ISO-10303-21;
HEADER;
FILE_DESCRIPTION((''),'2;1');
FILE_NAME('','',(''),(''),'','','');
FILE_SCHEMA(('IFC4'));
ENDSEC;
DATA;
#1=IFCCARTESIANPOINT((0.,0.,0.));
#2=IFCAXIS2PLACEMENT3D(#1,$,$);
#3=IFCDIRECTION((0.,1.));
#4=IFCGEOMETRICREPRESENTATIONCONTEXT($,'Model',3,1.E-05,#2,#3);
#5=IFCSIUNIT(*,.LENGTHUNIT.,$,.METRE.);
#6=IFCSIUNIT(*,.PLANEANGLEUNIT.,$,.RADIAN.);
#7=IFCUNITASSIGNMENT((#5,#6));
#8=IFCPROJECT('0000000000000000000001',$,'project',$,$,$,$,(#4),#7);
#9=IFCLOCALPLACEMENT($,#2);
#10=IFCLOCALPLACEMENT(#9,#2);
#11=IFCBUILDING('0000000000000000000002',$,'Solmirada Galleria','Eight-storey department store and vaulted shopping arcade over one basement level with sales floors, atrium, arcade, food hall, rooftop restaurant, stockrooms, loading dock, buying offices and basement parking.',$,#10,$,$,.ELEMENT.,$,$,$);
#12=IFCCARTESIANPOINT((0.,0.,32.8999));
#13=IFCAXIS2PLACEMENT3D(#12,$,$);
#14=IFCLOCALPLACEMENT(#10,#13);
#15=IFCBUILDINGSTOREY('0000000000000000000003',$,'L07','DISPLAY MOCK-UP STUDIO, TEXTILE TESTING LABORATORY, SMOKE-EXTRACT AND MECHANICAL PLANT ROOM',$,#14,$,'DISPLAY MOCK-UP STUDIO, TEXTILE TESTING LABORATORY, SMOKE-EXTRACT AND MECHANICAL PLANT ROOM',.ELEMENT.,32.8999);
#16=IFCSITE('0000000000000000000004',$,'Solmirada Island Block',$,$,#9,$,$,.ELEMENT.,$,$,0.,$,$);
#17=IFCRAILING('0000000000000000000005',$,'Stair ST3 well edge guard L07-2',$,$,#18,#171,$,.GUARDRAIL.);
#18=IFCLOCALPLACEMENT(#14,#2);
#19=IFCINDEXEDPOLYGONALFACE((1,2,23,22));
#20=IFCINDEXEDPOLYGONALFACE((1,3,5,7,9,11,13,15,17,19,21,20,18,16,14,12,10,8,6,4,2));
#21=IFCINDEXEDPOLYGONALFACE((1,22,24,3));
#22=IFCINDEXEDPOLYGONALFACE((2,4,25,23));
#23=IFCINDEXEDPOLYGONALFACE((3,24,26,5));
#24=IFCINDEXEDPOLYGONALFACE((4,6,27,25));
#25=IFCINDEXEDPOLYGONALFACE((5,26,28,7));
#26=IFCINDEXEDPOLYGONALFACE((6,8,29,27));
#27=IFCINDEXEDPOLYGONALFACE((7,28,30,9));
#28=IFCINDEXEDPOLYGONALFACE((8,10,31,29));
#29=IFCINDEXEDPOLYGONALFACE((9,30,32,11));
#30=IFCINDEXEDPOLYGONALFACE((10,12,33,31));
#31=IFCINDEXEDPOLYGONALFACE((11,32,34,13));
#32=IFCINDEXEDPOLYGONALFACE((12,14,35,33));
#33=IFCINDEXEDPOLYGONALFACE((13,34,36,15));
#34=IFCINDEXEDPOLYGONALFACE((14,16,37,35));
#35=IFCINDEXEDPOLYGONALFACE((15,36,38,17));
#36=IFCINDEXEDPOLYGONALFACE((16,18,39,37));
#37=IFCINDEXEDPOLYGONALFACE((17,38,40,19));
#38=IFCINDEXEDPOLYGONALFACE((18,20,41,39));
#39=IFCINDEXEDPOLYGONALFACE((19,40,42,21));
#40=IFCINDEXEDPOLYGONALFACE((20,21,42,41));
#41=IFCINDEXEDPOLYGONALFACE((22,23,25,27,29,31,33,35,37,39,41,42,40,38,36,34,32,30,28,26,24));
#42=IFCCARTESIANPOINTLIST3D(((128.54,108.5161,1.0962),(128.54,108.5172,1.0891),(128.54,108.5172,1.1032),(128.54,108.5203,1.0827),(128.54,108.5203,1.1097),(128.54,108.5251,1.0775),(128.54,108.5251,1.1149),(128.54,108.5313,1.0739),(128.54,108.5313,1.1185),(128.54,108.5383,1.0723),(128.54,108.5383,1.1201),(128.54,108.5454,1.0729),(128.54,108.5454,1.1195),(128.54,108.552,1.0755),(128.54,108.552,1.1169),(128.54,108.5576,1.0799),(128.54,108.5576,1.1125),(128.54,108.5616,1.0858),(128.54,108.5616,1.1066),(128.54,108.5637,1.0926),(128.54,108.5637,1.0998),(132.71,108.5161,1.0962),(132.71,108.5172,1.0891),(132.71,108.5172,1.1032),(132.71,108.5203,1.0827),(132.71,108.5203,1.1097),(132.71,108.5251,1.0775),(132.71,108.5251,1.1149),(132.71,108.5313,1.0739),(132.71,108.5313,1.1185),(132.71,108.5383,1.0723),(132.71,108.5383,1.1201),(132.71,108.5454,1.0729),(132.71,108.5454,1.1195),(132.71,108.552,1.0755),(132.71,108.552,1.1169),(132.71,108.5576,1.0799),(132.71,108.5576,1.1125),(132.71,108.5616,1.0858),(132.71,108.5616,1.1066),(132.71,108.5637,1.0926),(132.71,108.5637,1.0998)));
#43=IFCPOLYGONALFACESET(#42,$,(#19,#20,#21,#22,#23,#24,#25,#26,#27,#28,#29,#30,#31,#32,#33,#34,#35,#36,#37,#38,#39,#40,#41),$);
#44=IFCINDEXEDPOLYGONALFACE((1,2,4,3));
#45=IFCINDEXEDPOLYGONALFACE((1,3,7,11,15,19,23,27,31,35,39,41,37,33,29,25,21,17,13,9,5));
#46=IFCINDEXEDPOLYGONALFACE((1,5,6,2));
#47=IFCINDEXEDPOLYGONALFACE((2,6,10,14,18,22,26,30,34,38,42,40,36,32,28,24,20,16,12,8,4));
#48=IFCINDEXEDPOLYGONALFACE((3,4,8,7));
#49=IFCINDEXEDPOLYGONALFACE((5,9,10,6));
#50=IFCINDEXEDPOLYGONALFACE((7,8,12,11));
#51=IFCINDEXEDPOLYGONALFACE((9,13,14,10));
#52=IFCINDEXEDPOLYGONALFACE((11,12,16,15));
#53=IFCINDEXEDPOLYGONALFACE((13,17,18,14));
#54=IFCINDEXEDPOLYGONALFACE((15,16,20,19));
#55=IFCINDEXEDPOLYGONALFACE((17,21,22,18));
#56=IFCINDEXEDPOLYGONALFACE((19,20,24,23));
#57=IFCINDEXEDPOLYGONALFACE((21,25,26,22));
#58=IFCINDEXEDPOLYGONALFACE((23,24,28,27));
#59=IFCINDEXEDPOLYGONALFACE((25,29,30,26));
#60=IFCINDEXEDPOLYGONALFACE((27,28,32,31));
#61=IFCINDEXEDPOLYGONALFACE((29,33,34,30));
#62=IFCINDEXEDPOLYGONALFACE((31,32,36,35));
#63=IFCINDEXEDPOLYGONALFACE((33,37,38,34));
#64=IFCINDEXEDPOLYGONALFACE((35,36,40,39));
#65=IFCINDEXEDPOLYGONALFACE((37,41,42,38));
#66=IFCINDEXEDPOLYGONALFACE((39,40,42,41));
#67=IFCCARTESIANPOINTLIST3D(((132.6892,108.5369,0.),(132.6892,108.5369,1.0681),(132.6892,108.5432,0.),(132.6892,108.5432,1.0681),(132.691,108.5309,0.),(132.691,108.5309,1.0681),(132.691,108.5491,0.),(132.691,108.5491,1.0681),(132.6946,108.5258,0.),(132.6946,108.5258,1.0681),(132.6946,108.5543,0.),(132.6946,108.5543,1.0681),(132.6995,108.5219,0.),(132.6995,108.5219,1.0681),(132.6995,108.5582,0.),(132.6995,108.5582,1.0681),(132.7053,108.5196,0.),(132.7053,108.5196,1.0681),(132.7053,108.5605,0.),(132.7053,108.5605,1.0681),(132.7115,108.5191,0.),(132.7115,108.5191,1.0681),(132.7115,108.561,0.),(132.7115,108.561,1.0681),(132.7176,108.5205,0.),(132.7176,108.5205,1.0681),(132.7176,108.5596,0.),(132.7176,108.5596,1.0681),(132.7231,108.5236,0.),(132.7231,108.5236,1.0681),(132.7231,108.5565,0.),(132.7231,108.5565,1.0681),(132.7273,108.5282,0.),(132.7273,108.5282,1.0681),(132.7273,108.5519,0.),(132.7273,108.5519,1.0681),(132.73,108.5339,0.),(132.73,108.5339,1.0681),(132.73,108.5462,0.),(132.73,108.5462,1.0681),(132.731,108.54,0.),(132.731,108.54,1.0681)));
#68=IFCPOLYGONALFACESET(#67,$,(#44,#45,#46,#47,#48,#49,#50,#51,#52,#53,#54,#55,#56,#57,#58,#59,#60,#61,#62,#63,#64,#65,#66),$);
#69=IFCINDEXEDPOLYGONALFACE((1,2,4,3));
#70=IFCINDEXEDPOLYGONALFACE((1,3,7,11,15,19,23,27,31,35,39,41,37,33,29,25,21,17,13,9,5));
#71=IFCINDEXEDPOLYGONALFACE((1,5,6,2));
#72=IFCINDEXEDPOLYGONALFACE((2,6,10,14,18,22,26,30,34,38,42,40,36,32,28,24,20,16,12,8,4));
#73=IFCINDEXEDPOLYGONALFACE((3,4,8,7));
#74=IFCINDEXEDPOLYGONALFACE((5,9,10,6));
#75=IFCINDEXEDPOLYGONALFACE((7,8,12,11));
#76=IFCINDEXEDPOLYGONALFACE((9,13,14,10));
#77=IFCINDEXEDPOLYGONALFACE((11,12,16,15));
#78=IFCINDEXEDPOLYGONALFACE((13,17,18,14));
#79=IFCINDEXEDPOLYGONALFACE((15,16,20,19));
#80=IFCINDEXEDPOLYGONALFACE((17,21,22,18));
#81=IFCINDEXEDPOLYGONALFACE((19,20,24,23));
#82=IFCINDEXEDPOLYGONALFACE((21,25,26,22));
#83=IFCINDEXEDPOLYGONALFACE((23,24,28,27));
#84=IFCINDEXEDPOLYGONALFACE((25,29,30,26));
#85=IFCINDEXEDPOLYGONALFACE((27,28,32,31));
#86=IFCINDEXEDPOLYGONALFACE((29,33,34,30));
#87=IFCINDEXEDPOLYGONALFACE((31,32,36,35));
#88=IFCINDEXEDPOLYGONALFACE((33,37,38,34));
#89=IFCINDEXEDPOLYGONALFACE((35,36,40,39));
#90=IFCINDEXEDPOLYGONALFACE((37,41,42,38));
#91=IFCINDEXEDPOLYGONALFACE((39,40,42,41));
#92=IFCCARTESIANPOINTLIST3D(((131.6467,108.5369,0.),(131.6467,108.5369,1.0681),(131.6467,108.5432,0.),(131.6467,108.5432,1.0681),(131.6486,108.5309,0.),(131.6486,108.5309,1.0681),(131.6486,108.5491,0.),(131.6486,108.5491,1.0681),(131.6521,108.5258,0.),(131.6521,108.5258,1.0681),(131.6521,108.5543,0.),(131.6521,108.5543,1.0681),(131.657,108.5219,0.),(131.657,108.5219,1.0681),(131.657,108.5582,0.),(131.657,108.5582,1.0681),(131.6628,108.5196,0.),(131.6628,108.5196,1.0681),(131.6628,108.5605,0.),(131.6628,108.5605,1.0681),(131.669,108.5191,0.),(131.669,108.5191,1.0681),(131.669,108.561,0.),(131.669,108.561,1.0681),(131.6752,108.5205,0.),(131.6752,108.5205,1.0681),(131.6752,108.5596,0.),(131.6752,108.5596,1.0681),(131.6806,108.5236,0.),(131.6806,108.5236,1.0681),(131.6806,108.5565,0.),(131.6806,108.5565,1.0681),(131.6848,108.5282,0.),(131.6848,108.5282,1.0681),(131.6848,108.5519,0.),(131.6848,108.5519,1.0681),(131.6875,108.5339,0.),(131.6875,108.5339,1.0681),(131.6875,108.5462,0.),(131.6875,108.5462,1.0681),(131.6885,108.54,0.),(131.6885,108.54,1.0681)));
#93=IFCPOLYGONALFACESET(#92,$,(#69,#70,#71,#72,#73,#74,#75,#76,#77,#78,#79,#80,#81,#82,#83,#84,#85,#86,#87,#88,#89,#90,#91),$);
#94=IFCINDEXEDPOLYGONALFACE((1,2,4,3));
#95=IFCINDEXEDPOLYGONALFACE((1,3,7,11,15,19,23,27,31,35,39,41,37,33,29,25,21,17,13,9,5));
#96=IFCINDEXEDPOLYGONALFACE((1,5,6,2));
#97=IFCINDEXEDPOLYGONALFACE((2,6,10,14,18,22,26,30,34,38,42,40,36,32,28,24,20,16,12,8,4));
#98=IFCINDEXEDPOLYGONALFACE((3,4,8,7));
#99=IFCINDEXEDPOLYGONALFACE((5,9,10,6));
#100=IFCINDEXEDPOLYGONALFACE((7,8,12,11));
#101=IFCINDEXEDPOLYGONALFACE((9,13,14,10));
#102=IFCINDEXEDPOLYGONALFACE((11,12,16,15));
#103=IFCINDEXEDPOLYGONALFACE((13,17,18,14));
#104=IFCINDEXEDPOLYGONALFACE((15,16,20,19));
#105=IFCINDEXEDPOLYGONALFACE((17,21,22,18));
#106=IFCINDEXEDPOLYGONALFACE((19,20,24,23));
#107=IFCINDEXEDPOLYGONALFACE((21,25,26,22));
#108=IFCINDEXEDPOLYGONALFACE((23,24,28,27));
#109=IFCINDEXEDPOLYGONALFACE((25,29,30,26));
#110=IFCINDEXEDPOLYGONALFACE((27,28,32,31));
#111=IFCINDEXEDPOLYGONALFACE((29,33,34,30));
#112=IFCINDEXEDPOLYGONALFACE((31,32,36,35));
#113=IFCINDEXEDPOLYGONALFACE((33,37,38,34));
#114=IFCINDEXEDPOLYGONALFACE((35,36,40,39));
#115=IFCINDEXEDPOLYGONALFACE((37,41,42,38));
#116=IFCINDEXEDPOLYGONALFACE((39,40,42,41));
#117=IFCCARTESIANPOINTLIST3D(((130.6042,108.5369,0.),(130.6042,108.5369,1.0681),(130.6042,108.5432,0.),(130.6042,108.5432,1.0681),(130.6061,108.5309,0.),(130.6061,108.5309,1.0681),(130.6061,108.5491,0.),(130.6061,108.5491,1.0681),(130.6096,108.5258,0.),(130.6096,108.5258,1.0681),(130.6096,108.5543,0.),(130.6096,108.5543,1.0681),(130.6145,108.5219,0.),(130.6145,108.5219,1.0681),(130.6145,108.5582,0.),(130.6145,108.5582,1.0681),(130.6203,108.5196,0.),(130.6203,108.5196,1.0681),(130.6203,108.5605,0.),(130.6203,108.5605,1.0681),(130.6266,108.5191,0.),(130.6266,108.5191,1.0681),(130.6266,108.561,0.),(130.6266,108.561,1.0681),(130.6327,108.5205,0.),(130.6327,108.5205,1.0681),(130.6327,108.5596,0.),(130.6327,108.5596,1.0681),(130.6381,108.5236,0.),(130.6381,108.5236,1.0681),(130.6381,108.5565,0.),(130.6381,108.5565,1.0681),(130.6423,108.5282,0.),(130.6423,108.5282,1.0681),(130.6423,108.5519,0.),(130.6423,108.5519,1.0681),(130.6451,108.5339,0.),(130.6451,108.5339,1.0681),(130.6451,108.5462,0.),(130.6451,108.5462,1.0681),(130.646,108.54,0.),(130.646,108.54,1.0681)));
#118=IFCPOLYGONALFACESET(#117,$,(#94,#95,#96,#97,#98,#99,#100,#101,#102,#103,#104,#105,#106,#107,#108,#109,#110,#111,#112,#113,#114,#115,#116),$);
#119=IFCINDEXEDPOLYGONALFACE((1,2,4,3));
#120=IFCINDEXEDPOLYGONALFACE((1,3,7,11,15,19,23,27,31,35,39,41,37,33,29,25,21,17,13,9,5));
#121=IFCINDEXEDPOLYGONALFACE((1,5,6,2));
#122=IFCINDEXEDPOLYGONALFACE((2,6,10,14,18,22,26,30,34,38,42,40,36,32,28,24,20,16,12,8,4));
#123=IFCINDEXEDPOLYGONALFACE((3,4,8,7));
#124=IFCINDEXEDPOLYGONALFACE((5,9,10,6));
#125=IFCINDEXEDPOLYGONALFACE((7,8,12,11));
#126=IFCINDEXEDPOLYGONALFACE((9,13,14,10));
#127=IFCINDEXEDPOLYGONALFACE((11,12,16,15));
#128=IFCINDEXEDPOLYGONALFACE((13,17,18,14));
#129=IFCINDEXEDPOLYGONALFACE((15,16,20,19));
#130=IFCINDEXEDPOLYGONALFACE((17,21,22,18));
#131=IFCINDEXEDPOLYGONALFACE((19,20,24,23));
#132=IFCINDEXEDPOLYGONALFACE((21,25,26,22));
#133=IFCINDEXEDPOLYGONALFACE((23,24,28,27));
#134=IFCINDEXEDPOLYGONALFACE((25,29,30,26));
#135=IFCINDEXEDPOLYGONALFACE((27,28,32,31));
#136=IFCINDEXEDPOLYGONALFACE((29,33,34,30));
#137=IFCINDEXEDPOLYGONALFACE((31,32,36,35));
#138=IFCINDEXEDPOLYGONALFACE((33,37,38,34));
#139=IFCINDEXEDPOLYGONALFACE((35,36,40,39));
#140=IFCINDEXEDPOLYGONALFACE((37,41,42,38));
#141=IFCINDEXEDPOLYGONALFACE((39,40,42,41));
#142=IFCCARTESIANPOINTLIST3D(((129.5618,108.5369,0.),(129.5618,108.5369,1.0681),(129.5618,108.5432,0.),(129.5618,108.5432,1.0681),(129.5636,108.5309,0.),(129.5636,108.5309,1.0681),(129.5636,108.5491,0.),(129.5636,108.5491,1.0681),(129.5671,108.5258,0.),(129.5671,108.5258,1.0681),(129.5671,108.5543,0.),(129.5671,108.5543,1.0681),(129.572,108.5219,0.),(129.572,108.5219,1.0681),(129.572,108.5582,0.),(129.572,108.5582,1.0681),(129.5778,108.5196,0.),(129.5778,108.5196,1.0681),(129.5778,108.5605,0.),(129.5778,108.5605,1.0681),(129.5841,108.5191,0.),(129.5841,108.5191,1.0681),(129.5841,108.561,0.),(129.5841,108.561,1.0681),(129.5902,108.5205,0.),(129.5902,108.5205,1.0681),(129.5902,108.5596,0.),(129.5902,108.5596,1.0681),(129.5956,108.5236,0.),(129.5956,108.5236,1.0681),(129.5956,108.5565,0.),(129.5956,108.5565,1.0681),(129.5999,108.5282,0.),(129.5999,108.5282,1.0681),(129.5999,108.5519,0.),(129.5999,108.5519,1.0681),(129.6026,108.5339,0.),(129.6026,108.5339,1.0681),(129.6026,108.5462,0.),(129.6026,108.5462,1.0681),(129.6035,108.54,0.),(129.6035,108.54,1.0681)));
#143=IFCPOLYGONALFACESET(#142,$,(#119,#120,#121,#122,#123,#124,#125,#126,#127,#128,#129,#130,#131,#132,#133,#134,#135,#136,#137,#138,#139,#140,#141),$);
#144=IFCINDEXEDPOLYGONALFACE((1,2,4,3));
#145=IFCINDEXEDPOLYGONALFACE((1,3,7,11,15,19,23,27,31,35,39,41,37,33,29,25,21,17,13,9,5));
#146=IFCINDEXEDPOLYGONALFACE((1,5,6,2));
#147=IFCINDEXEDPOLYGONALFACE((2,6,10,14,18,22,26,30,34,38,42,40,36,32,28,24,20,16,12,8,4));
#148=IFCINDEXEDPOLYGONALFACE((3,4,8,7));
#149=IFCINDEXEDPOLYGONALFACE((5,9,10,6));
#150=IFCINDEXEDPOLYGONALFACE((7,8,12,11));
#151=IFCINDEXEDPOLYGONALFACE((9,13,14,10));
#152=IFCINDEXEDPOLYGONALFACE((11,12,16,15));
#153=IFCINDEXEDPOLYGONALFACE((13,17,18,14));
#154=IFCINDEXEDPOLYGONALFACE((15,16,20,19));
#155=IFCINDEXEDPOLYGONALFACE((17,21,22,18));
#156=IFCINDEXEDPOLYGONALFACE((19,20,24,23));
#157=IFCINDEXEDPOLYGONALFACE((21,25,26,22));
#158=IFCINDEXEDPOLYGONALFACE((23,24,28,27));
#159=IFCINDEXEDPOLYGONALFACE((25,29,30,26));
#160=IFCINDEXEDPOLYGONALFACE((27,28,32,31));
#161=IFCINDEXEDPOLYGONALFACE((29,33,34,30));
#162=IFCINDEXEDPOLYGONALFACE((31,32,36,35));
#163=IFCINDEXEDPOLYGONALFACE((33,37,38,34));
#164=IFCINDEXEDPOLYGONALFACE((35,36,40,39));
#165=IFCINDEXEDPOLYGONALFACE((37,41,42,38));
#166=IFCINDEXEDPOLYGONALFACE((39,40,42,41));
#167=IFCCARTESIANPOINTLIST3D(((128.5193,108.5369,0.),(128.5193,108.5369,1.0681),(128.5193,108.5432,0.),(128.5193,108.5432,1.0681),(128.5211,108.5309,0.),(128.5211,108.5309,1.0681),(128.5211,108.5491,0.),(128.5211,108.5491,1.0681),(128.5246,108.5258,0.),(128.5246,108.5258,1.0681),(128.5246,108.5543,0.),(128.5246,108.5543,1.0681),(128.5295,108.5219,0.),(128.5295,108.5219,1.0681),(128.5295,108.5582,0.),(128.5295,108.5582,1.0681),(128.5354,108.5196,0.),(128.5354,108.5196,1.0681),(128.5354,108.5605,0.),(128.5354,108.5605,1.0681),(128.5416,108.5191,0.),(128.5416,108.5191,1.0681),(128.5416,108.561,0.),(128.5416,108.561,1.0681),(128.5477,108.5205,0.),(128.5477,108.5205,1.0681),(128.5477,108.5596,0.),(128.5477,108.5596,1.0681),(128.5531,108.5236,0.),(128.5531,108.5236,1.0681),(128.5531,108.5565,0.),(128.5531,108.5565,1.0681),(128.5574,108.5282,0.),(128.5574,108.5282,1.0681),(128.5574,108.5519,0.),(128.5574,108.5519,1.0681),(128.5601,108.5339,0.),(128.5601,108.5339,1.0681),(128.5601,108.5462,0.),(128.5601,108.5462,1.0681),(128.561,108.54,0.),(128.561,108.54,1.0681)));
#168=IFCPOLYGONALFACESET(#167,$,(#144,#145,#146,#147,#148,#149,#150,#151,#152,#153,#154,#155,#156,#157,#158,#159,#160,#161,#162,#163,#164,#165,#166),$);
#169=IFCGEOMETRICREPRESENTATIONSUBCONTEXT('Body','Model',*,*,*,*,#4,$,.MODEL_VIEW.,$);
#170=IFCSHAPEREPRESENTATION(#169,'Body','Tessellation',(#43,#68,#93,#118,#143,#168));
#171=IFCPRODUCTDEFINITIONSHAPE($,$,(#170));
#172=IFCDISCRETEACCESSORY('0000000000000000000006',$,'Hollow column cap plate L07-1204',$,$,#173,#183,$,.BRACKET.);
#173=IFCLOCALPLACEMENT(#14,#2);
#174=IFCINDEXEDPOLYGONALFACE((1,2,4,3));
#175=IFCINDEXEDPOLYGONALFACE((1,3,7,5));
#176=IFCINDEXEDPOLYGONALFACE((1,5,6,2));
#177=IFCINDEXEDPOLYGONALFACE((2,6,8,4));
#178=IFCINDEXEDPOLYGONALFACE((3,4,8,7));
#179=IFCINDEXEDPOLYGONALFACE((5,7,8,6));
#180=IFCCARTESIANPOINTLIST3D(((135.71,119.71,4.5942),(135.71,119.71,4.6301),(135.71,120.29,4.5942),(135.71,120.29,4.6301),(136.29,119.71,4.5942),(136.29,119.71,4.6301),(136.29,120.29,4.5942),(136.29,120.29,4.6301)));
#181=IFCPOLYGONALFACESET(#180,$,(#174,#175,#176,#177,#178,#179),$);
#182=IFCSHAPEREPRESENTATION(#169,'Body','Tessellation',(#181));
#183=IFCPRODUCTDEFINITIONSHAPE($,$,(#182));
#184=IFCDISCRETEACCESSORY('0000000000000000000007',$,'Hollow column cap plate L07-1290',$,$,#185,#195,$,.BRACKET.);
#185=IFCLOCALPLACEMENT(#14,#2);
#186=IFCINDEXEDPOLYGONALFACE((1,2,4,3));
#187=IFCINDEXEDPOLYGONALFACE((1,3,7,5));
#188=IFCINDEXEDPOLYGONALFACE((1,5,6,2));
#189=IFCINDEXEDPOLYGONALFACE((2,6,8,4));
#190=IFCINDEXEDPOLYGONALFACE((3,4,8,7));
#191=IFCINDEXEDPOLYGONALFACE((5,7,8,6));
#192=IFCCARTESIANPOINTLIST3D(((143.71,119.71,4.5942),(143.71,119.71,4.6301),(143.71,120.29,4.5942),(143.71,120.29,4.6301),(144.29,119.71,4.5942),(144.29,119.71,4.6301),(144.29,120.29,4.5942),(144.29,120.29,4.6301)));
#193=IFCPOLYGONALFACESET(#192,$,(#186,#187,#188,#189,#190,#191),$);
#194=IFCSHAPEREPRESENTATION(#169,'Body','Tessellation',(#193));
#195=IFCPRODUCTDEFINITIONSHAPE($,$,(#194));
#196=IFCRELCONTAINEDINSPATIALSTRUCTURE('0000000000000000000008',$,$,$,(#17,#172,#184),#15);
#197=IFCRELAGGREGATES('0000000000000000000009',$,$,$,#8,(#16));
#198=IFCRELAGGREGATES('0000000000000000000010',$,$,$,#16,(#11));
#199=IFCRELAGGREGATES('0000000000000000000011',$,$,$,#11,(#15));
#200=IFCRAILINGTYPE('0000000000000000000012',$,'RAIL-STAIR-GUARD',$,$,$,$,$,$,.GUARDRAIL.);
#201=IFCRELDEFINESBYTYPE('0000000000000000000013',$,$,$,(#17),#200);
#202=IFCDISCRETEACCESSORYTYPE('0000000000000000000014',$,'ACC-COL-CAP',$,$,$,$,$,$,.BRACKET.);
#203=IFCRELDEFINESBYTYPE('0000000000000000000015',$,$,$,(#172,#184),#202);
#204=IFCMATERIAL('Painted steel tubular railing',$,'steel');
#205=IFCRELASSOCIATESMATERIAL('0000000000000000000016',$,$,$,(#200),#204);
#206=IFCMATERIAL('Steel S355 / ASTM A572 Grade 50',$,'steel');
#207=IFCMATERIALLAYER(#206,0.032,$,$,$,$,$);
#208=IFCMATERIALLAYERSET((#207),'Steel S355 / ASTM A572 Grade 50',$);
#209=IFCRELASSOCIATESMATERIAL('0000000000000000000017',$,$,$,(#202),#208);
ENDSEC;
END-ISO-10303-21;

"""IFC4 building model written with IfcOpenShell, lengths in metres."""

from ifc_helpers import new_model, si_unit, direction, frame, origin, origin_2d, place, context, subcontext, project, spatial, rectangle, circle, extrude, material, layer, layer_set, type_object, element, save


model = new_model("IFC4")

# Units and contexts
model_context = context("Model", 3, precision=1e-05, world=origin(), true_north=direction((0.0, 1.0)))
body_context = subcontext(model_context, "Body", "Model", "MODEL_VIEW")
ifc_project = project(units=[si_unit("LENGTHUNIT", "METRE"), si_unit("PLANEANGLEUNIT", "RADIAN")], contexts=[model_context])

# Site, building, storey
site_placement = place(None, origin())
site = spatial("IfcSite", under=ifc_project, at=site_placement, Name="Solmirada Island Block", CompositionType="ELEMENT", RefElevation=0.0)
building_placement = place(site_placement, origin())
building = spatial("IfcBuilding", under=site, at=building_placement, Name="Solmirada Galleria", Description="Eight-storey department store and vaulted shopping arcade over one basement level with sales floors, atrium, arcade, food hall, rooftop restaurant, stockrooms, loading dock, buying offices and basement parking.", CompositionType="ELEMENT")
storey_placement = place(building_placement, frame((0.0, 0.0, 32.8999)))
storey = spatial("IfcBuildingStorey", under=building, at=storey_placement, Name="L07", Description="DISPLAY MOCK-UP STUDIO, TEXTILE TESTING LABORATORY, SMOKE-EXTRACT AND MECHANICAL PLANT ROOM", LongName="DISPLAY MOCK-UP STUDIO, TEXTILE TESTING LABORATORY, SMOKE-EXTRACT AND MECHANICAL PLANT ROOM", CompositionType="ELEMENT", Elevation=32.8999)

# Railing
ifc_material_1 = material(Name="Painted steel tubular railing", Category="steel")
railing_type = type_object("IfcRailingType", Name="RAIL-STAIR-GUARD", PredefinedType="GUARDRAIL", material=ifc_material_1)
railing_1_placement = place(storey_placement, frame((132.71, 108.54, 0.0)))
element("IfcRailing", 1, at=railing_1_placement, inside=storey, type_object=railing_type, Name="Stair ST3 well edge guard L07-2", PredefinedType="GUARDRAIL", context=body_context, shape_type="SweptSolid", body=[
    extrude(circle(Radius=0.0239, at=origin_2d()), frame((0.0, 0.0, 1.0962), z_axis=(-1.0, 0.0, 0.0), x_axis=(0.0, -1.0, 0.0)), (0.0, 0.0, 1.0), 4.1699),
    extrude(circle(Radius=0.021, at=origin_2d()), origin(), (0.0, 0.0, 1.0), 1.0681),
    extrude(circle(Radius=0.021, at=origin_2d()), frame((-1.0425, 0.0, 0.0)), (0.0, 0.0, 1.0), 1.0681),
    extrude(circle(Radius=0.021, at=origin_2d()), frame((-2.085, 0.0, 0.0)), (0.0, 0.0, 1.0), 1.0681),
    extrude(circle(Radius=0.021, at=origin_2d()), frame((-3.1274, 0.0, 0.0)), (0.0, 0.0, 1.0), 1.0681),
    extrude(circle(Radius=0.021, at=origin_2d()), frame((-4.1699, 0.0, 0.0)), (0.0, 0.0, 1.0), 1.0681),
])

# Discrete accessories
ifc_material_2 = material(Name="Steel S355 / ASTM A572 Grade 50", Category="steel")
ifc_layer_1 = layer(ifc_material_2, 0.032)
ifc_layer_set_1 = layer_set([ifc_layer_1], Name="Steel S355 / ASTM A572 Grade 50")
discrete_accessory_type = type_object("IfcDiscreteAccessoryType", Name="ACC-COL-CAP", PredefinedType="BRACKET", material=ifc_layer_set_1)
for number, where, z_axis, x_axis, name in (
    (2, (136.0, 120.0, 4.5942), (0.0, 0.0, 1.0), (1.0, 0.0, 0.0), "Hollow column cap plate L07-1204"),
    (3, (144.0, 120.0, 4.5942), (0.0, 0.0, 1.0), (1.0, 0.0, 0.0), "Hollow column cap plate L07-1290"),
):
    element("IfcDiscreteAccessory", number, at=place(storey_placement, frame(where, z_axis=z_axis, x_axis=x_axis)), inside=storey, type_object=discrete_accessory_type, Name=name, PredefinedType="BRACKET", context=body_context, shape_type="SweptSolid", body=[
        extrude(rectangle(XDim=0.5801, YDim=0.5801, at=origin_2d()), origin(), (0.0, 0.0, 1.0), 0.0359),
    ])

save(model, "model.ifc")
